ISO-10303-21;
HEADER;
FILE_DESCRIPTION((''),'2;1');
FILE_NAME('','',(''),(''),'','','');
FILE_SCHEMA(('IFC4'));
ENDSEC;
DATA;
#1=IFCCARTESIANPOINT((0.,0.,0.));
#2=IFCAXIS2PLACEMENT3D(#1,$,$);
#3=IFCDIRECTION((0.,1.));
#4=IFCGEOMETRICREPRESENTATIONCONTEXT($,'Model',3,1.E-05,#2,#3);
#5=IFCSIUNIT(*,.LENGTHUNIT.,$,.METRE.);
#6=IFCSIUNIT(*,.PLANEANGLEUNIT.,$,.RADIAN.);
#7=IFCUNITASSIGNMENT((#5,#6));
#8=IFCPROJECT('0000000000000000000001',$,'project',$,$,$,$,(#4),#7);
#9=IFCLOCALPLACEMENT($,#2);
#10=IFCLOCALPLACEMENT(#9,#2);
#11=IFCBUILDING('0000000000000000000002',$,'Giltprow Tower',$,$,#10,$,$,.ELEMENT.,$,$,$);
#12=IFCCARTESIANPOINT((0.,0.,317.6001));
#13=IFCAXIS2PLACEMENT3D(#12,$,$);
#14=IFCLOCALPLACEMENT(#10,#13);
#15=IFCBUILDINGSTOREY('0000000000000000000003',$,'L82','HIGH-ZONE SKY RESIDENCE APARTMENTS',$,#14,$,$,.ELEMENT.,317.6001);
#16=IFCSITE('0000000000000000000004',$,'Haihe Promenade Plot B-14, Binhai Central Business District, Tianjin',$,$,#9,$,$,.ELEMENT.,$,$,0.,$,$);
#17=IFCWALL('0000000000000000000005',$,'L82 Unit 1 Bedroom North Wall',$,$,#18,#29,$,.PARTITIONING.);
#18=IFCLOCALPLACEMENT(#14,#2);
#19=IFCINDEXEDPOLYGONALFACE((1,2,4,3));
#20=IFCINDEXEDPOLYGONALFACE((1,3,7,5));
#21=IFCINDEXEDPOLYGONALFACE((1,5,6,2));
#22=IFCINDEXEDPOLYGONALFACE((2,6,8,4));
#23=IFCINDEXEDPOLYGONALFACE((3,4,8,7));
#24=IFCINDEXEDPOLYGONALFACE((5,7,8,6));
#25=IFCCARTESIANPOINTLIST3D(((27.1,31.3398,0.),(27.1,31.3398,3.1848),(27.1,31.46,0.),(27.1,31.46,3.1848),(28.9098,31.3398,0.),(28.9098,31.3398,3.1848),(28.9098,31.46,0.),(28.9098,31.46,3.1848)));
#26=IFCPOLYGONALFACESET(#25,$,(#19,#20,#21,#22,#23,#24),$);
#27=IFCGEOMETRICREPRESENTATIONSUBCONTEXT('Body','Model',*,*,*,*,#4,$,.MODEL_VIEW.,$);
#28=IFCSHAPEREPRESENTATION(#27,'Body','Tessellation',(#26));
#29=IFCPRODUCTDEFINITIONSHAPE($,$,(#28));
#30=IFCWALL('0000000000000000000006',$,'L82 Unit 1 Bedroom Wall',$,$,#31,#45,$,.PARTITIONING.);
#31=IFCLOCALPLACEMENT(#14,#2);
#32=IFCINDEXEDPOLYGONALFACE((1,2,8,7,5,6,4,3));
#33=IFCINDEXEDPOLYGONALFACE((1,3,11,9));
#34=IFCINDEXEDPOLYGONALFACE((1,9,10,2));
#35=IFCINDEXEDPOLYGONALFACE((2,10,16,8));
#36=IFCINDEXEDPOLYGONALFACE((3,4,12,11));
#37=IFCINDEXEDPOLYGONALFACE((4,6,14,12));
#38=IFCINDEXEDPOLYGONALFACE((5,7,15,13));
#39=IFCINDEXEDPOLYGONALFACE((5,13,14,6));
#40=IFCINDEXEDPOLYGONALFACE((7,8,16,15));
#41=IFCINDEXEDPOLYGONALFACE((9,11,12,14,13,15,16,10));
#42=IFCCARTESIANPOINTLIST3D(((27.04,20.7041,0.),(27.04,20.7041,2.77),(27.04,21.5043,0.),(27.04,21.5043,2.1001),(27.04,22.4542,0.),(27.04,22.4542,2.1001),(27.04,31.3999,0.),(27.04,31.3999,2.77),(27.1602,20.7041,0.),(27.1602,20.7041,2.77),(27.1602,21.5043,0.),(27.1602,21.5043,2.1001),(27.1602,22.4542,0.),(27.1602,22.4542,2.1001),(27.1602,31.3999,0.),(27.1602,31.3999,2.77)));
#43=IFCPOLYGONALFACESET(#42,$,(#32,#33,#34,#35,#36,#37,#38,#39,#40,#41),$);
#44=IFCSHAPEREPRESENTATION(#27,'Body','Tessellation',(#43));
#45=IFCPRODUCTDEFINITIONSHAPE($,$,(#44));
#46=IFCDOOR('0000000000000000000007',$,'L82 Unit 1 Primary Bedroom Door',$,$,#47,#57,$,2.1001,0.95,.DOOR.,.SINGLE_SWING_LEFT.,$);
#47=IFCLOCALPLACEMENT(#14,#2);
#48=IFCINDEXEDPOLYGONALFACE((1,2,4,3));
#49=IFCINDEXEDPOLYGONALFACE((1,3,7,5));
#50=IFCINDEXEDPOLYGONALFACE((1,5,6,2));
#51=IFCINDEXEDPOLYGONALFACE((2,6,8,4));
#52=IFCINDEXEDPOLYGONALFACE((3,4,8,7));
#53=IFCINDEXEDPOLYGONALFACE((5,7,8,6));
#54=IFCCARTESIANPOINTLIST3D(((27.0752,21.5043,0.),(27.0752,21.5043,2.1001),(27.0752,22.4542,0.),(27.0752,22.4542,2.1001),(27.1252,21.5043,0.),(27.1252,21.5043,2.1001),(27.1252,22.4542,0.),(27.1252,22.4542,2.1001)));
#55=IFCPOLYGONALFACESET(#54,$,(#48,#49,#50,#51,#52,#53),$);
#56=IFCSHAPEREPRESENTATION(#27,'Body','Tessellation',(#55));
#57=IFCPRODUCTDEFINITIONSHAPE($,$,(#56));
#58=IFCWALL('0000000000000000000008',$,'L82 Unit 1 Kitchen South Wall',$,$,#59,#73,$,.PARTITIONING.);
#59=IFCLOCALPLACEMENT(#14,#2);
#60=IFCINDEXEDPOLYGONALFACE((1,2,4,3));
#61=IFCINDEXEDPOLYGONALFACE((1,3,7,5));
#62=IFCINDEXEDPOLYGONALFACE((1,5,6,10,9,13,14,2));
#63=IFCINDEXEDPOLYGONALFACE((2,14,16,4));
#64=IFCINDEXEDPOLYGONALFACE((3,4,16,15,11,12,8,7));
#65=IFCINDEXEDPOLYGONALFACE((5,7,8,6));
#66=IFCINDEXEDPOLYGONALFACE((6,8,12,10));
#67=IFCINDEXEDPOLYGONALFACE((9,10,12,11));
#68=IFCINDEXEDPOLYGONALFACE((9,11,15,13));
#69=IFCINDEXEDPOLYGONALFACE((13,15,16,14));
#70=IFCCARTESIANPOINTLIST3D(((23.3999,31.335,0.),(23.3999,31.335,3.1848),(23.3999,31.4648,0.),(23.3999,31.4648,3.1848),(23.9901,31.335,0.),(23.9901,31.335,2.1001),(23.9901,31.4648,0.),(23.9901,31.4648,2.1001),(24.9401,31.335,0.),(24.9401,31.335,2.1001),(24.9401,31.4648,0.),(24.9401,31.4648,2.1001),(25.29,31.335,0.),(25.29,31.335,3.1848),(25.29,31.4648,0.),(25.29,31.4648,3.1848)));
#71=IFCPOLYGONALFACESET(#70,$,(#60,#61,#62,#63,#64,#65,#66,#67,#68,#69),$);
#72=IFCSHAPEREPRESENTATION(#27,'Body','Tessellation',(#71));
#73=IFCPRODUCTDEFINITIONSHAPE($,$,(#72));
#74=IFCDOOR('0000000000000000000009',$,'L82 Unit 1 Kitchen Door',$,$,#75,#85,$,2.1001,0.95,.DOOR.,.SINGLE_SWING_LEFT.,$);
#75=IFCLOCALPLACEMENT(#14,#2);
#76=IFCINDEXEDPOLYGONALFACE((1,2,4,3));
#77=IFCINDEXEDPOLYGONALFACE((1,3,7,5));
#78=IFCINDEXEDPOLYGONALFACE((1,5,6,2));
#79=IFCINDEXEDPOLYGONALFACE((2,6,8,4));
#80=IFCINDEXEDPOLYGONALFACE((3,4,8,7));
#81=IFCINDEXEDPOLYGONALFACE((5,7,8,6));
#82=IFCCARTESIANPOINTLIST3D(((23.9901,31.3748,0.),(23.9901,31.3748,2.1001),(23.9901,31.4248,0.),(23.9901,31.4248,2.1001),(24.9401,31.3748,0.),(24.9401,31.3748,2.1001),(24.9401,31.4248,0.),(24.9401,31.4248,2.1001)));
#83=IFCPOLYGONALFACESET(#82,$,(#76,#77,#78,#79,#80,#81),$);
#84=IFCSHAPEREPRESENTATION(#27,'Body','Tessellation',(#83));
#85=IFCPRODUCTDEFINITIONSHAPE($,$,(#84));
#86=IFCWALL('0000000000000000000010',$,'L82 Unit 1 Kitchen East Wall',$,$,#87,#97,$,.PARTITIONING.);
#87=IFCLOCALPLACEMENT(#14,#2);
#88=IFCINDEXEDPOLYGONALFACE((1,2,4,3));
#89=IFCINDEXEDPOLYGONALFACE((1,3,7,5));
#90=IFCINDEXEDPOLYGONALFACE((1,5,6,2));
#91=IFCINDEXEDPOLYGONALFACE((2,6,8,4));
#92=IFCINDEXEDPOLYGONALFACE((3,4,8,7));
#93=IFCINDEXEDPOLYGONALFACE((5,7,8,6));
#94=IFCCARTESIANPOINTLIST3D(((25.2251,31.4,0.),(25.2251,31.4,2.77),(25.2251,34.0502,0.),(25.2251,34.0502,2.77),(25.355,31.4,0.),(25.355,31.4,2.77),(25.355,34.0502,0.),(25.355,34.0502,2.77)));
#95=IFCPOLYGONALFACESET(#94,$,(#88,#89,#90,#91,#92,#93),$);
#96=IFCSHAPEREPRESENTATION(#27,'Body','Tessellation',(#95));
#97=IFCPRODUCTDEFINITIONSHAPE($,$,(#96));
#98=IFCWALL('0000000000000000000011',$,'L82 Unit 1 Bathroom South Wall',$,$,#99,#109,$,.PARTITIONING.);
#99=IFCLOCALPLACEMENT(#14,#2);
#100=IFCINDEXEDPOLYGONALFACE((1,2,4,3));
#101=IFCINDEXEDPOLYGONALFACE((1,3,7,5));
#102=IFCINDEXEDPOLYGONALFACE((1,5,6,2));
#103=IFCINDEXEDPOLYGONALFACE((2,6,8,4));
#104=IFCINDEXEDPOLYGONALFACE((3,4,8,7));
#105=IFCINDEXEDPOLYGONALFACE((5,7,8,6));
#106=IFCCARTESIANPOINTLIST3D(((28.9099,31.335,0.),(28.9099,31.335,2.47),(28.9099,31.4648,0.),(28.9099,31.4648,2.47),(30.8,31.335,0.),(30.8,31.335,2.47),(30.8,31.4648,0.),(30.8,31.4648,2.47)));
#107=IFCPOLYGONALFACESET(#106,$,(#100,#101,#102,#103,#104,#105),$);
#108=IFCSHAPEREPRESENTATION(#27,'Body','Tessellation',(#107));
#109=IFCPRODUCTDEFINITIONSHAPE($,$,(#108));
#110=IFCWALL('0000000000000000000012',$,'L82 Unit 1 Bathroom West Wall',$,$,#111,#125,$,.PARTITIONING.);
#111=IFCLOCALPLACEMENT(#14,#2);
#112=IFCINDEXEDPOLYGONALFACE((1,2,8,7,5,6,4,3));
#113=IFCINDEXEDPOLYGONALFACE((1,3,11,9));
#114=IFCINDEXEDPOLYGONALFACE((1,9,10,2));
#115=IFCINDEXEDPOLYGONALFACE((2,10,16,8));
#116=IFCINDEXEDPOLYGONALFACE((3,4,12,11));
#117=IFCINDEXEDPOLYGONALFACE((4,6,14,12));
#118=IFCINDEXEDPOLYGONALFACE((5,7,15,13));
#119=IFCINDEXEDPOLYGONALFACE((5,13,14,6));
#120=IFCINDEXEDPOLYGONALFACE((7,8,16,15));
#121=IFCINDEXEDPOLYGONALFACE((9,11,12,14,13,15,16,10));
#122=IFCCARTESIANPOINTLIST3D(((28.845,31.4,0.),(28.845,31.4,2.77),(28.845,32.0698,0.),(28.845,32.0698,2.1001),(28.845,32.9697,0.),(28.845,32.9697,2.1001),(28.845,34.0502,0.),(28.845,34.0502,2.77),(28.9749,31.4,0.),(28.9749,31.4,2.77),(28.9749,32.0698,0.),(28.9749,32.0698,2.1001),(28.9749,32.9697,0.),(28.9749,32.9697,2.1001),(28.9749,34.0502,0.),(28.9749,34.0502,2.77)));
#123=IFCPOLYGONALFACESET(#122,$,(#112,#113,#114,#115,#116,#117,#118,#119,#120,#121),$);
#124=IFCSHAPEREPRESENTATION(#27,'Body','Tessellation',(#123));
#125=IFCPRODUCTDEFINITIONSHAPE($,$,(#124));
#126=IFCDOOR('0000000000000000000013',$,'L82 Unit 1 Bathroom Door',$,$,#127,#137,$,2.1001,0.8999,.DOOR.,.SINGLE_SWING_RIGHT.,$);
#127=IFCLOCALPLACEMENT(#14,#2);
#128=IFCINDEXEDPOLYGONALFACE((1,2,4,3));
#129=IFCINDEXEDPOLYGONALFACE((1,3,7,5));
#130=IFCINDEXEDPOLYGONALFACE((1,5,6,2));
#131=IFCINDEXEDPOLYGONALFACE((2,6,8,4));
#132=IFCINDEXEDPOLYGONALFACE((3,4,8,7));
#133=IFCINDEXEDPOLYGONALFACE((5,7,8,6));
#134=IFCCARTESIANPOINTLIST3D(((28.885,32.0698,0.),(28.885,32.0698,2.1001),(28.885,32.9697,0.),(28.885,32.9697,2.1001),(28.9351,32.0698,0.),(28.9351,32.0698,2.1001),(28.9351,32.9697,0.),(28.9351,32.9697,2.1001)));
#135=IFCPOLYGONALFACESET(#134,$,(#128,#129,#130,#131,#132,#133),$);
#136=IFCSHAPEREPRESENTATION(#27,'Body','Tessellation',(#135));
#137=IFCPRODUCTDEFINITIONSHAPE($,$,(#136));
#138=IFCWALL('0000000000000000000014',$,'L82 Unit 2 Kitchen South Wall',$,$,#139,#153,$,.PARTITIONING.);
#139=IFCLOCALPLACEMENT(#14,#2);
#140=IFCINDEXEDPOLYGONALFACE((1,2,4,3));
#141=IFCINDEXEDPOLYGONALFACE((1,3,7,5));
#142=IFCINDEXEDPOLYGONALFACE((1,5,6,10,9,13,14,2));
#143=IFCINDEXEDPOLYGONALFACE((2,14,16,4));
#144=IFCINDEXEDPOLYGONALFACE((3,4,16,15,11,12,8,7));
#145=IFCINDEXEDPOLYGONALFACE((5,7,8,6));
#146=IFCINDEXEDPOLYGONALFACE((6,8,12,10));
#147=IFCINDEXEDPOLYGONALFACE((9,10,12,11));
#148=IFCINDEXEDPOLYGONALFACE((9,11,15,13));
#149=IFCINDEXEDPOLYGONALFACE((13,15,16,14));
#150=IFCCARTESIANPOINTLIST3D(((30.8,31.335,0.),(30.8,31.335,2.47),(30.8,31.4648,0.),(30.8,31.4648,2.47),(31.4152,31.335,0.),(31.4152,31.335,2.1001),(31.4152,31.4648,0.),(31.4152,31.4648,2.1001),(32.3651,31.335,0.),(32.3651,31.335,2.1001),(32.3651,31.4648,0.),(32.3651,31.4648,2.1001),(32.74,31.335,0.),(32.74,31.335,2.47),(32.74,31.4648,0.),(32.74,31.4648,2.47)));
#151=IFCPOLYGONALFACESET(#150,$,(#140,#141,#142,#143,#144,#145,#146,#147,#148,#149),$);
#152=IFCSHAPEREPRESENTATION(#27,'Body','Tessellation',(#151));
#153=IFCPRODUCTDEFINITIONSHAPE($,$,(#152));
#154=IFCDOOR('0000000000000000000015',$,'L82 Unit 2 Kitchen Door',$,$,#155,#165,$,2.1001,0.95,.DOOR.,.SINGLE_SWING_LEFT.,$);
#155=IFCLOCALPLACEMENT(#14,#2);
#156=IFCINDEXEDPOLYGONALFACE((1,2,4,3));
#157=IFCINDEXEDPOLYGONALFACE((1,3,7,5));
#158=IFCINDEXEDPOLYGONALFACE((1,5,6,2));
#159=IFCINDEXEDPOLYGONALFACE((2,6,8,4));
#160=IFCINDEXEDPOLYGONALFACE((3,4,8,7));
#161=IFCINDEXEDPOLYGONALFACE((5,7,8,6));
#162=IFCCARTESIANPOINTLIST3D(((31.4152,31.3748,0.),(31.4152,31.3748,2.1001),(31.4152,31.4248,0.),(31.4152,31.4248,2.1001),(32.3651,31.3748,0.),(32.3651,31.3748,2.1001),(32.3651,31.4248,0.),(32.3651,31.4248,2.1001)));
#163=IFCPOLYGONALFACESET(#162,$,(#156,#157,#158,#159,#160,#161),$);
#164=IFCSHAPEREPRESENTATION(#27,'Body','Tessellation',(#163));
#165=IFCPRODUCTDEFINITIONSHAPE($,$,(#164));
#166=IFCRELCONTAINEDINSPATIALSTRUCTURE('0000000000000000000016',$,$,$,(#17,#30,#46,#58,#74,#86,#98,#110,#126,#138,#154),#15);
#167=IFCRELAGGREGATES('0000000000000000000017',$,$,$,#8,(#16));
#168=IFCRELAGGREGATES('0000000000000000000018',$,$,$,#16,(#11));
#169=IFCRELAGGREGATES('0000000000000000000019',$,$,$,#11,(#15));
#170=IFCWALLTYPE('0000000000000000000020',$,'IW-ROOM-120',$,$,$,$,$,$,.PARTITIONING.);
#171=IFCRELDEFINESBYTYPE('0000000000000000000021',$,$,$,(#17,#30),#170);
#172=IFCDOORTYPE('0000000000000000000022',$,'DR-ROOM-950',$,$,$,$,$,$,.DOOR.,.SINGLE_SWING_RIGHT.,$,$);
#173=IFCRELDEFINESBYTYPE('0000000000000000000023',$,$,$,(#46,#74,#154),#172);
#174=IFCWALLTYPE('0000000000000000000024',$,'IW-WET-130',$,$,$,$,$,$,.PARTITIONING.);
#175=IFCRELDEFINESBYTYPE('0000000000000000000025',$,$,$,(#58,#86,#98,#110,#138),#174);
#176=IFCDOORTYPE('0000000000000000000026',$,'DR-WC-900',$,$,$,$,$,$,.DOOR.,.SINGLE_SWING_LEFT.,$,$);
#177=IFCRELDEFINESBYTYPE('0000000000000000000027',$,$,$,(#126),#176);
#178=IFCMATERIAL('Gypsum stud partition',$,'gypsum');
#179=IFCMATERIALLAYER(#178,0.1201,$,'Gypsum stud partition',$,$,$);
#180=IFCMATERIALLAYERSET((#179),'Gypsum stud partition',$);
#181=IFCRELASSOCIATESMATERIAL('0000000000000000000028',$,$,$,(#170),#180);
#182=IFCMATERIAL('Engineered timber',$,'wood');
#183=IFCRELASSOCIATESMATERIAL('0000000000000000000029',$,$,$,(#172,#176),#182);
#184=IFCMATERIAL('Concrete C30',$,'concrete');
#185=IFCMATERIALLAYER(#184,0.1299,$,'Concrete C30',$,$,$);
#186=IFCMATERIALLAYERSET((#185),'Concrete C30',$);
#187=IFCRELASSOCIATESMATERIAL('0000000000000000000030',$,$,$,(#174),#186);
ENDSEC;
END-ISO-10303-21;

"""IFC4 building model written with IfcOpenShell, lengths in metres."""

from ifc_helpers import new_model, si_unit, direction, frame, frame_2d, origin, place, context, subcontext, project, spatial, rectangle, extrude, source, transform, mapped, material, layer, layer_set, type_object, element, fill, save


model = new_model("IFC4")

# Units and contexts
model_context = context("Model", 3, precision=1e-05, world=origin(), true_north=direction((0.0, 1.0)))
body_context = subcontext(model_context, "Body", "Model", "MODEL_VIEW")
ifc_project = project(units=[si_unit("LENGTHUNIT", "METRE"), si_unit("PLANEANGLEUNIT", "RADIAN")], contexts=[model_context])

# Site, building, storey
site_placement = place(None, origin())
site = spatial("IfcSite", under=ifc_project, at=site_placement, Name="Haihe Promenade Plot B-14, Binhai Central Business District, Tianjin", CompositionType="ELEMENT", RefElevation=0.0)
building_placement = place(site_placement, origin())
building = spatial("IfcBuilding", under=site, at=building_placement, Name="Giltprow Tower", CompositionType="ELEMENT")
storey_placement = place(building_placement, frame((0.0, 0.0, 317.6001)))
storey = spatial("IfcBuildingStorey", under=building, at=storey_placement, Name="L82", Description="HIGH-ZONE SKY RESIDENCE APARTMENTS", CompositionType="ELEMENT", Elevation=317.6001)

# Wall
ifc_material_1 = material(Name="Gypsum stud partition", Category="gypsum")
ifc_layer_1 = layer(ifc_material_1, 0.1201, Name="Gypsum stud partition")
ifc_layer_set_1 = layer_set([ifc_layer_1], Name="Gypsum stud partition")
wall_type_1 = type_object("IfcWallType", Name="IW-ROOM-120", PredefinedType="PARTITIONING", material=ifc_layer_set_1)
wall_1_placement = place(storey_placement, frame((27.1001, 31.3999, 0.0), z_axis=(0.0, 0.0, 1.0), x_axis=(1.0, 0.0, 0.0)))
element("IfcWall", 1, at=wall_1_placement, inside=storey, type_object=wall_type_1, Name="L82 Unit 1 Bedroom North Wall", PredefinedType="PARTITIONING", context=body_context, shape_type="SweptSolid", body=[
    extrude(rectangle(XDim=1.8098, YDim=0.1201, at=frame_2d((0.9048, 0.0))), origin(), (0.0, 0.0, 1.0), 3.1848),
])

# Walls, openings, doors
wall_2_placement = place(storey_placement, frame((27.1001, 20.7041, 0.0), z_axis=(0.0, 0.0, 1.0), x_axis=(0.0, 1.0, 0.0)))
wall_2 = element("IfcWall", 2, at=wall_2_placement, inside=storey, type_object=wall_type_1, Name="L82 Unit 1 Bedroom Wall", PredefinedType="PARTITIONING", context=body_context, shape_type="SweptSolid", body=[
    extrude(rectangle(XDim=10.6958, YDim=0.1201, at=frame_2d((5.3479, 0.0))), origin(), (0.0, 0.0, 1.0), 2.77),
])
opening_1_placement = place(wall_2_placement, frame((0.8, 0.0, 0.0)))
opening_1 = element("IfcOpeningElement", 3, at=opening_1_placement, cuts=wall_2, PredefinedType="OPENING", context=body_context, shape_type="SweptSolid", body=[
    extrude(rectangle(XDim=0.95, YDim=2.1001, at=frame_2d((0.4751, 1.05))), frame((0.0, 0.0701, 0.0), z_axis=(0.0, -1.0, 0.0), x_axis=(1.0, 0.0, 0.0)), (0.0, 0.0, 1.0), 0.1401),
])
ifc_material_2 = material(Name="Engineered timber", Category="wood")
door_type_1 = type_object("IfcDoorType", Name="DR-ROOM-950", OperationType="SINGLE_SWING_RIGHT", PredefinedType="DOOR", material=ifc_material_2)
shared_shape_1 = source(origin(), body_context, "Body", "SweptSolid", [
    extrude(rectangle(XDim=0.95, YDim=2.1001, at=frame_2d((0.4751, 1.05))), frame((0.0, 0.0249, 0.0), z_axis=(0.0, -1.0, 0.0), x_axis=(1.0, 0.0, 0.0)), (0.0, 0.0, 1.0), 0.05),
])
door_1_placement = place(opening_1_placement, origin())
door_1 = element("IfcDoor", 4, at=door_1_placement, inside=storey, type_object=door_type_1, Name="L82 Unit 1 Primary Bedroom Door", OperationType="SINGLE_SWING_LEFT", OverallHeight=2.1001, OverallWidth=0.95, PredefinedType="DOOR", context=body_context, shape_type="MappedRepresentation", body=[
    mapped(shared_shape_1, transform((0.0, 0.0, 0.0), x_axis=(1.0, 0.0, 0.0), y_axis=(0.0, 1.0, 0.0), z_axis=(0.0, 0.0, 1.0), scale=1.0)),
])
fill(opening_1, door_1)
ifc_material_3 = material(Name="Concrete C30", Category="concrete")
ifc_layer_2 = layer(ifc_material_3, 0.1299, Name="Concrete C30")
ifc_layer_set_2 = layer_set([ifc_layer_2], Name="Concrete C30")
wall_type_2 = type_object("IfcWallType", Name="IW-WET-130", PredefinedType="PARTITIONING", material=ifc_layer_set_2)
wall_3_placement = place(storey_placement, frame((23.3999, 31.3999, 0.0), z_axis=(0.0, 0.0, 1.0), x_axis=(1.0, 0.0, 0.0)))
wall_3 = element("IfcWall", 5, at=wall_3_placement, inside=storey, type_object=wall_type_2, Name="L82 Unit 1 Kitchen South Wall", PredefinedType="PARTITIONING", context=body_context, shape_type="SweptSolid", body=[
    extrude(rectangle(XDim=1.8901, YDim=0.1299, at=frame_2d((0.9451, 0.0))), origin(), (0.0, 0.0, 1.0), 3.1848),
])
opening_2_placement = place(wall_3_placement, frame((0.5901, 0.0, 0.0)))
opening_2 = element("IfcOpeningElement", 6, at=opening_2_placement, cuts=wall_3, PredefinedType="OPENING", context=body_context, shape_type="SweptSolid", body=[
    extrude(rectangle(XDim=0.95, YDim=2.1001, at=frame_2d((0.4751, 1.05))), frame((0.0, 0.075, 0.0), z_axis=(0.0, -1.0, 0.0), x_axis=(1.0, 0.0, 0.0)), (0.0, 0.0, 1.0), 0.1499),
])
door_2_placement = place(opening_2_placement, origin())
door_2 = element("IfcDoor", 7, at=door_2_placement, inside=storey, type_object=door_type_1, Name="L82 Unit 1 Kitchen Door", OperationType="SINGLE_SWING_LEFT", OverallHeight=2.1001, OverallWidth=0.95, PredefinedType="DOOR", context=body_context, shape_type="MappedRepresentation", body=[
    mapped(shared_shape_1, transform((0.0, 0.0, 0.0), x_axis=(1.0, 0.0, 0.0), y_axis=(0.0, 1.0, 0.0), z_axis=(0.0, 0.0, 1.0), scale=1.0)),
])
fill(opening_2, door_2)

# Walls
wall_4_placement = place(storey_placement, frame((25.29, 31.3999, 0.0), z_axis=(0.0, 0.0, 1.0), x_axis=(0.0, 1.0, 0.0)))
element("IfcWall", 8, at=wall_4_placement, inside=storey, type_object=wall_type_2, Name="L82 Unit 1 Kitchen East Wall", PredefinedType="PARTITIONING", context=body_context, shape_type="SweptSolid", body=[
    extrude(rectangle(XDim=2.6501, YDim=0.1299, at=frame_2d((1.3252, 0.0))), origin(), (0.0, 0.0, 1.0), 2.77),
])
wall_5_placement = place(storey_placement, frame((28.9099, 31.3999, 0.0), z_axis=(0.0, 0.0, 1.0), x_axis=(1.0, 0.0, 0.0)))
element("IfcWall", 9, at=wall_5_placement, inside=storey, type_object=wall_type_2, Name="L82 Unit 1 Bathroom South Wall", PredefinedType="PARTITIONING", context=body_context, shape_type="SweptSolid", body=[
    extrude(rectangle(XDim=1.8901, YDim=0.1299, at=frame_2d((0.9451, 0.0))), origin(), (0.0, 0.0, 1.0), 2.47),
])

# Walls, openings, doors
wall_6_placement = place(storey_placement, frame((28.9099, 31.3999, 0.0), z_axis=(0.0, 0.0, 1.0), x_axis=(0.0, 1.0, 0.0)))
wall_6 = element("IfcWall", 10, at=wall_6_placement, inside=storey, type_object=wall_type_2, Name="L82 Unit 1 Bathroom West Wall", PredefinedType="PARTITIONING", context=body_context, shape_type="SweptSolid", body=[
    extrude(rectangle(XDim=2.6501, YDim=0.1299, at=frame_2d((1.3252, 0.0))), origin(), (0.0, 0.0, 1.0), 2.77),
])
opening_3_placement = place(wall_6_placement, frame((0.6699, 0.0, 0.0)))
opening_3 = element("IfcOpeningElement", 11, at=opening_3_placement, cuts=wall_6, PredefinedType="OPENING", context=body_context, shape_type="SweptSolid", body=[
    extrude(rectangle(XDim=0.8999, YDim=2.1001, at=frame_2d((0.45, 1.05))), frame((0.0, 0.075, 0.0), z_axis=(0.0, -1.0, 0.0), x_axis=(1.0, 0.0, 0.0)), (0.0, 0.0, 1.0), 0.1499),
])
door_type_2 = type_object("IfcDoorType", Name="DR-WC-900", OperationType="SINGLE_SWING_LEFT", PredefinedType="DOOR", material=ifc_material_2)
shared_shape_2 = source(origin(), body_context, "Body", "SweptSolid", [
    extrude(rectangle(XDim=0.8999, YDim=2.1001, at=frame_2d((0.45, 1.05))), frame((0.0, 0.0249, 0.0), z_axis=(0.0, -1.0, 0.0), x_axis=(1.0, 0.0, 0.0)), (0.0, 0.0, 1.0), 0.05),
])
door_3_placement = place(opening_3_placement, origin())
door_3 = element("IfcDoor", 12, at=door_3_placement, inside=storey, type_object=door_type_2, Name="L82 Unit 1 Bathroom Door", OperationType="SINGLE_SWING_RIGHT", OverallHeight=2.1001, OverallWidth=0.8999, PredefinedType="DOOR", context=body_context, shape_type="MappedRepresentation", body=[
    mapped(shared_shape_2, transform((0.0, 0.0, 0.0), x_axis=(1.0, 0.0, 0.0), y_axis=(0.0, 1.0, 0.0), z_axis=(0.0, 0.0, 1.0), scale=1.0)),
])
fill(opening_3, door_3)
wall_7_placement = place(storey_placement, frame((30.8, 31.3999, 0.0), z_axis=(0.0, 0.0, 1.0), x_axis=(1.0, 0.0, 0.0)))
wall_7 = element("IfcWall", 13, at=wall_7_placement, inside=storey, type_object=wall_type_2, Name="L82 Unit 2 Kitchen South Wall", PredefinedType="PARTITIONING", context=body_context, shape_type="SweptSolid", body=[
    extrude(rectangle(XDim=1.9399, YDim=0.1299, at=frame_2d((0.97, 0.0))), origin(), (0.0, 0.0, 1.0), 2.47),
])
opening_4_placement = place(wall_7_placement, frame((0.615, 0.0, 0.0)))
opening_4 = element("IfcOpeningElement", 14, at=opening_4_placement, cuts=wall_7, PredefinedType="OPENING", context=body_context, shape_type="SweptSolid", body=[
    extrude(rectangle(XDim=0.95, YDim=2.1001, at=frame_2d((0.4751, 1.05))), frame((0.0, 0.075, 0.0), z_axis=(0.0, -1.0, 0.0), x_axis=(1.0, 0.0, 0.0)), (0.0, 0.0, 1.0), 0.1499),
])
door_4_placement = place(opening_4_placement, origin())
door_4 = element("IfcDoor", 15, at=door_4_placement, inside=storey, type_object=door_type_1, Name="L82 Unit 2 Kitchen Door", OperationType="SINGLE_SWING_LEFT", OverallHeight=2.1001, OverallWidth=0.95, PredefinedType="DOOR", context=body_context, shape_type="MappedRepresentation", body=[
    mapped(shared_shape_1, transform((0.0, 0.0, 0.0), x_axis=(1.0, 0.0, 0.0), y_axis=(0.0, 1.0, 0.0), z_axis=(0.0, 0.0, 1.0), scale=1.0)),
])
fill(opening_4, door_4)

save(model, "model.ifc")
